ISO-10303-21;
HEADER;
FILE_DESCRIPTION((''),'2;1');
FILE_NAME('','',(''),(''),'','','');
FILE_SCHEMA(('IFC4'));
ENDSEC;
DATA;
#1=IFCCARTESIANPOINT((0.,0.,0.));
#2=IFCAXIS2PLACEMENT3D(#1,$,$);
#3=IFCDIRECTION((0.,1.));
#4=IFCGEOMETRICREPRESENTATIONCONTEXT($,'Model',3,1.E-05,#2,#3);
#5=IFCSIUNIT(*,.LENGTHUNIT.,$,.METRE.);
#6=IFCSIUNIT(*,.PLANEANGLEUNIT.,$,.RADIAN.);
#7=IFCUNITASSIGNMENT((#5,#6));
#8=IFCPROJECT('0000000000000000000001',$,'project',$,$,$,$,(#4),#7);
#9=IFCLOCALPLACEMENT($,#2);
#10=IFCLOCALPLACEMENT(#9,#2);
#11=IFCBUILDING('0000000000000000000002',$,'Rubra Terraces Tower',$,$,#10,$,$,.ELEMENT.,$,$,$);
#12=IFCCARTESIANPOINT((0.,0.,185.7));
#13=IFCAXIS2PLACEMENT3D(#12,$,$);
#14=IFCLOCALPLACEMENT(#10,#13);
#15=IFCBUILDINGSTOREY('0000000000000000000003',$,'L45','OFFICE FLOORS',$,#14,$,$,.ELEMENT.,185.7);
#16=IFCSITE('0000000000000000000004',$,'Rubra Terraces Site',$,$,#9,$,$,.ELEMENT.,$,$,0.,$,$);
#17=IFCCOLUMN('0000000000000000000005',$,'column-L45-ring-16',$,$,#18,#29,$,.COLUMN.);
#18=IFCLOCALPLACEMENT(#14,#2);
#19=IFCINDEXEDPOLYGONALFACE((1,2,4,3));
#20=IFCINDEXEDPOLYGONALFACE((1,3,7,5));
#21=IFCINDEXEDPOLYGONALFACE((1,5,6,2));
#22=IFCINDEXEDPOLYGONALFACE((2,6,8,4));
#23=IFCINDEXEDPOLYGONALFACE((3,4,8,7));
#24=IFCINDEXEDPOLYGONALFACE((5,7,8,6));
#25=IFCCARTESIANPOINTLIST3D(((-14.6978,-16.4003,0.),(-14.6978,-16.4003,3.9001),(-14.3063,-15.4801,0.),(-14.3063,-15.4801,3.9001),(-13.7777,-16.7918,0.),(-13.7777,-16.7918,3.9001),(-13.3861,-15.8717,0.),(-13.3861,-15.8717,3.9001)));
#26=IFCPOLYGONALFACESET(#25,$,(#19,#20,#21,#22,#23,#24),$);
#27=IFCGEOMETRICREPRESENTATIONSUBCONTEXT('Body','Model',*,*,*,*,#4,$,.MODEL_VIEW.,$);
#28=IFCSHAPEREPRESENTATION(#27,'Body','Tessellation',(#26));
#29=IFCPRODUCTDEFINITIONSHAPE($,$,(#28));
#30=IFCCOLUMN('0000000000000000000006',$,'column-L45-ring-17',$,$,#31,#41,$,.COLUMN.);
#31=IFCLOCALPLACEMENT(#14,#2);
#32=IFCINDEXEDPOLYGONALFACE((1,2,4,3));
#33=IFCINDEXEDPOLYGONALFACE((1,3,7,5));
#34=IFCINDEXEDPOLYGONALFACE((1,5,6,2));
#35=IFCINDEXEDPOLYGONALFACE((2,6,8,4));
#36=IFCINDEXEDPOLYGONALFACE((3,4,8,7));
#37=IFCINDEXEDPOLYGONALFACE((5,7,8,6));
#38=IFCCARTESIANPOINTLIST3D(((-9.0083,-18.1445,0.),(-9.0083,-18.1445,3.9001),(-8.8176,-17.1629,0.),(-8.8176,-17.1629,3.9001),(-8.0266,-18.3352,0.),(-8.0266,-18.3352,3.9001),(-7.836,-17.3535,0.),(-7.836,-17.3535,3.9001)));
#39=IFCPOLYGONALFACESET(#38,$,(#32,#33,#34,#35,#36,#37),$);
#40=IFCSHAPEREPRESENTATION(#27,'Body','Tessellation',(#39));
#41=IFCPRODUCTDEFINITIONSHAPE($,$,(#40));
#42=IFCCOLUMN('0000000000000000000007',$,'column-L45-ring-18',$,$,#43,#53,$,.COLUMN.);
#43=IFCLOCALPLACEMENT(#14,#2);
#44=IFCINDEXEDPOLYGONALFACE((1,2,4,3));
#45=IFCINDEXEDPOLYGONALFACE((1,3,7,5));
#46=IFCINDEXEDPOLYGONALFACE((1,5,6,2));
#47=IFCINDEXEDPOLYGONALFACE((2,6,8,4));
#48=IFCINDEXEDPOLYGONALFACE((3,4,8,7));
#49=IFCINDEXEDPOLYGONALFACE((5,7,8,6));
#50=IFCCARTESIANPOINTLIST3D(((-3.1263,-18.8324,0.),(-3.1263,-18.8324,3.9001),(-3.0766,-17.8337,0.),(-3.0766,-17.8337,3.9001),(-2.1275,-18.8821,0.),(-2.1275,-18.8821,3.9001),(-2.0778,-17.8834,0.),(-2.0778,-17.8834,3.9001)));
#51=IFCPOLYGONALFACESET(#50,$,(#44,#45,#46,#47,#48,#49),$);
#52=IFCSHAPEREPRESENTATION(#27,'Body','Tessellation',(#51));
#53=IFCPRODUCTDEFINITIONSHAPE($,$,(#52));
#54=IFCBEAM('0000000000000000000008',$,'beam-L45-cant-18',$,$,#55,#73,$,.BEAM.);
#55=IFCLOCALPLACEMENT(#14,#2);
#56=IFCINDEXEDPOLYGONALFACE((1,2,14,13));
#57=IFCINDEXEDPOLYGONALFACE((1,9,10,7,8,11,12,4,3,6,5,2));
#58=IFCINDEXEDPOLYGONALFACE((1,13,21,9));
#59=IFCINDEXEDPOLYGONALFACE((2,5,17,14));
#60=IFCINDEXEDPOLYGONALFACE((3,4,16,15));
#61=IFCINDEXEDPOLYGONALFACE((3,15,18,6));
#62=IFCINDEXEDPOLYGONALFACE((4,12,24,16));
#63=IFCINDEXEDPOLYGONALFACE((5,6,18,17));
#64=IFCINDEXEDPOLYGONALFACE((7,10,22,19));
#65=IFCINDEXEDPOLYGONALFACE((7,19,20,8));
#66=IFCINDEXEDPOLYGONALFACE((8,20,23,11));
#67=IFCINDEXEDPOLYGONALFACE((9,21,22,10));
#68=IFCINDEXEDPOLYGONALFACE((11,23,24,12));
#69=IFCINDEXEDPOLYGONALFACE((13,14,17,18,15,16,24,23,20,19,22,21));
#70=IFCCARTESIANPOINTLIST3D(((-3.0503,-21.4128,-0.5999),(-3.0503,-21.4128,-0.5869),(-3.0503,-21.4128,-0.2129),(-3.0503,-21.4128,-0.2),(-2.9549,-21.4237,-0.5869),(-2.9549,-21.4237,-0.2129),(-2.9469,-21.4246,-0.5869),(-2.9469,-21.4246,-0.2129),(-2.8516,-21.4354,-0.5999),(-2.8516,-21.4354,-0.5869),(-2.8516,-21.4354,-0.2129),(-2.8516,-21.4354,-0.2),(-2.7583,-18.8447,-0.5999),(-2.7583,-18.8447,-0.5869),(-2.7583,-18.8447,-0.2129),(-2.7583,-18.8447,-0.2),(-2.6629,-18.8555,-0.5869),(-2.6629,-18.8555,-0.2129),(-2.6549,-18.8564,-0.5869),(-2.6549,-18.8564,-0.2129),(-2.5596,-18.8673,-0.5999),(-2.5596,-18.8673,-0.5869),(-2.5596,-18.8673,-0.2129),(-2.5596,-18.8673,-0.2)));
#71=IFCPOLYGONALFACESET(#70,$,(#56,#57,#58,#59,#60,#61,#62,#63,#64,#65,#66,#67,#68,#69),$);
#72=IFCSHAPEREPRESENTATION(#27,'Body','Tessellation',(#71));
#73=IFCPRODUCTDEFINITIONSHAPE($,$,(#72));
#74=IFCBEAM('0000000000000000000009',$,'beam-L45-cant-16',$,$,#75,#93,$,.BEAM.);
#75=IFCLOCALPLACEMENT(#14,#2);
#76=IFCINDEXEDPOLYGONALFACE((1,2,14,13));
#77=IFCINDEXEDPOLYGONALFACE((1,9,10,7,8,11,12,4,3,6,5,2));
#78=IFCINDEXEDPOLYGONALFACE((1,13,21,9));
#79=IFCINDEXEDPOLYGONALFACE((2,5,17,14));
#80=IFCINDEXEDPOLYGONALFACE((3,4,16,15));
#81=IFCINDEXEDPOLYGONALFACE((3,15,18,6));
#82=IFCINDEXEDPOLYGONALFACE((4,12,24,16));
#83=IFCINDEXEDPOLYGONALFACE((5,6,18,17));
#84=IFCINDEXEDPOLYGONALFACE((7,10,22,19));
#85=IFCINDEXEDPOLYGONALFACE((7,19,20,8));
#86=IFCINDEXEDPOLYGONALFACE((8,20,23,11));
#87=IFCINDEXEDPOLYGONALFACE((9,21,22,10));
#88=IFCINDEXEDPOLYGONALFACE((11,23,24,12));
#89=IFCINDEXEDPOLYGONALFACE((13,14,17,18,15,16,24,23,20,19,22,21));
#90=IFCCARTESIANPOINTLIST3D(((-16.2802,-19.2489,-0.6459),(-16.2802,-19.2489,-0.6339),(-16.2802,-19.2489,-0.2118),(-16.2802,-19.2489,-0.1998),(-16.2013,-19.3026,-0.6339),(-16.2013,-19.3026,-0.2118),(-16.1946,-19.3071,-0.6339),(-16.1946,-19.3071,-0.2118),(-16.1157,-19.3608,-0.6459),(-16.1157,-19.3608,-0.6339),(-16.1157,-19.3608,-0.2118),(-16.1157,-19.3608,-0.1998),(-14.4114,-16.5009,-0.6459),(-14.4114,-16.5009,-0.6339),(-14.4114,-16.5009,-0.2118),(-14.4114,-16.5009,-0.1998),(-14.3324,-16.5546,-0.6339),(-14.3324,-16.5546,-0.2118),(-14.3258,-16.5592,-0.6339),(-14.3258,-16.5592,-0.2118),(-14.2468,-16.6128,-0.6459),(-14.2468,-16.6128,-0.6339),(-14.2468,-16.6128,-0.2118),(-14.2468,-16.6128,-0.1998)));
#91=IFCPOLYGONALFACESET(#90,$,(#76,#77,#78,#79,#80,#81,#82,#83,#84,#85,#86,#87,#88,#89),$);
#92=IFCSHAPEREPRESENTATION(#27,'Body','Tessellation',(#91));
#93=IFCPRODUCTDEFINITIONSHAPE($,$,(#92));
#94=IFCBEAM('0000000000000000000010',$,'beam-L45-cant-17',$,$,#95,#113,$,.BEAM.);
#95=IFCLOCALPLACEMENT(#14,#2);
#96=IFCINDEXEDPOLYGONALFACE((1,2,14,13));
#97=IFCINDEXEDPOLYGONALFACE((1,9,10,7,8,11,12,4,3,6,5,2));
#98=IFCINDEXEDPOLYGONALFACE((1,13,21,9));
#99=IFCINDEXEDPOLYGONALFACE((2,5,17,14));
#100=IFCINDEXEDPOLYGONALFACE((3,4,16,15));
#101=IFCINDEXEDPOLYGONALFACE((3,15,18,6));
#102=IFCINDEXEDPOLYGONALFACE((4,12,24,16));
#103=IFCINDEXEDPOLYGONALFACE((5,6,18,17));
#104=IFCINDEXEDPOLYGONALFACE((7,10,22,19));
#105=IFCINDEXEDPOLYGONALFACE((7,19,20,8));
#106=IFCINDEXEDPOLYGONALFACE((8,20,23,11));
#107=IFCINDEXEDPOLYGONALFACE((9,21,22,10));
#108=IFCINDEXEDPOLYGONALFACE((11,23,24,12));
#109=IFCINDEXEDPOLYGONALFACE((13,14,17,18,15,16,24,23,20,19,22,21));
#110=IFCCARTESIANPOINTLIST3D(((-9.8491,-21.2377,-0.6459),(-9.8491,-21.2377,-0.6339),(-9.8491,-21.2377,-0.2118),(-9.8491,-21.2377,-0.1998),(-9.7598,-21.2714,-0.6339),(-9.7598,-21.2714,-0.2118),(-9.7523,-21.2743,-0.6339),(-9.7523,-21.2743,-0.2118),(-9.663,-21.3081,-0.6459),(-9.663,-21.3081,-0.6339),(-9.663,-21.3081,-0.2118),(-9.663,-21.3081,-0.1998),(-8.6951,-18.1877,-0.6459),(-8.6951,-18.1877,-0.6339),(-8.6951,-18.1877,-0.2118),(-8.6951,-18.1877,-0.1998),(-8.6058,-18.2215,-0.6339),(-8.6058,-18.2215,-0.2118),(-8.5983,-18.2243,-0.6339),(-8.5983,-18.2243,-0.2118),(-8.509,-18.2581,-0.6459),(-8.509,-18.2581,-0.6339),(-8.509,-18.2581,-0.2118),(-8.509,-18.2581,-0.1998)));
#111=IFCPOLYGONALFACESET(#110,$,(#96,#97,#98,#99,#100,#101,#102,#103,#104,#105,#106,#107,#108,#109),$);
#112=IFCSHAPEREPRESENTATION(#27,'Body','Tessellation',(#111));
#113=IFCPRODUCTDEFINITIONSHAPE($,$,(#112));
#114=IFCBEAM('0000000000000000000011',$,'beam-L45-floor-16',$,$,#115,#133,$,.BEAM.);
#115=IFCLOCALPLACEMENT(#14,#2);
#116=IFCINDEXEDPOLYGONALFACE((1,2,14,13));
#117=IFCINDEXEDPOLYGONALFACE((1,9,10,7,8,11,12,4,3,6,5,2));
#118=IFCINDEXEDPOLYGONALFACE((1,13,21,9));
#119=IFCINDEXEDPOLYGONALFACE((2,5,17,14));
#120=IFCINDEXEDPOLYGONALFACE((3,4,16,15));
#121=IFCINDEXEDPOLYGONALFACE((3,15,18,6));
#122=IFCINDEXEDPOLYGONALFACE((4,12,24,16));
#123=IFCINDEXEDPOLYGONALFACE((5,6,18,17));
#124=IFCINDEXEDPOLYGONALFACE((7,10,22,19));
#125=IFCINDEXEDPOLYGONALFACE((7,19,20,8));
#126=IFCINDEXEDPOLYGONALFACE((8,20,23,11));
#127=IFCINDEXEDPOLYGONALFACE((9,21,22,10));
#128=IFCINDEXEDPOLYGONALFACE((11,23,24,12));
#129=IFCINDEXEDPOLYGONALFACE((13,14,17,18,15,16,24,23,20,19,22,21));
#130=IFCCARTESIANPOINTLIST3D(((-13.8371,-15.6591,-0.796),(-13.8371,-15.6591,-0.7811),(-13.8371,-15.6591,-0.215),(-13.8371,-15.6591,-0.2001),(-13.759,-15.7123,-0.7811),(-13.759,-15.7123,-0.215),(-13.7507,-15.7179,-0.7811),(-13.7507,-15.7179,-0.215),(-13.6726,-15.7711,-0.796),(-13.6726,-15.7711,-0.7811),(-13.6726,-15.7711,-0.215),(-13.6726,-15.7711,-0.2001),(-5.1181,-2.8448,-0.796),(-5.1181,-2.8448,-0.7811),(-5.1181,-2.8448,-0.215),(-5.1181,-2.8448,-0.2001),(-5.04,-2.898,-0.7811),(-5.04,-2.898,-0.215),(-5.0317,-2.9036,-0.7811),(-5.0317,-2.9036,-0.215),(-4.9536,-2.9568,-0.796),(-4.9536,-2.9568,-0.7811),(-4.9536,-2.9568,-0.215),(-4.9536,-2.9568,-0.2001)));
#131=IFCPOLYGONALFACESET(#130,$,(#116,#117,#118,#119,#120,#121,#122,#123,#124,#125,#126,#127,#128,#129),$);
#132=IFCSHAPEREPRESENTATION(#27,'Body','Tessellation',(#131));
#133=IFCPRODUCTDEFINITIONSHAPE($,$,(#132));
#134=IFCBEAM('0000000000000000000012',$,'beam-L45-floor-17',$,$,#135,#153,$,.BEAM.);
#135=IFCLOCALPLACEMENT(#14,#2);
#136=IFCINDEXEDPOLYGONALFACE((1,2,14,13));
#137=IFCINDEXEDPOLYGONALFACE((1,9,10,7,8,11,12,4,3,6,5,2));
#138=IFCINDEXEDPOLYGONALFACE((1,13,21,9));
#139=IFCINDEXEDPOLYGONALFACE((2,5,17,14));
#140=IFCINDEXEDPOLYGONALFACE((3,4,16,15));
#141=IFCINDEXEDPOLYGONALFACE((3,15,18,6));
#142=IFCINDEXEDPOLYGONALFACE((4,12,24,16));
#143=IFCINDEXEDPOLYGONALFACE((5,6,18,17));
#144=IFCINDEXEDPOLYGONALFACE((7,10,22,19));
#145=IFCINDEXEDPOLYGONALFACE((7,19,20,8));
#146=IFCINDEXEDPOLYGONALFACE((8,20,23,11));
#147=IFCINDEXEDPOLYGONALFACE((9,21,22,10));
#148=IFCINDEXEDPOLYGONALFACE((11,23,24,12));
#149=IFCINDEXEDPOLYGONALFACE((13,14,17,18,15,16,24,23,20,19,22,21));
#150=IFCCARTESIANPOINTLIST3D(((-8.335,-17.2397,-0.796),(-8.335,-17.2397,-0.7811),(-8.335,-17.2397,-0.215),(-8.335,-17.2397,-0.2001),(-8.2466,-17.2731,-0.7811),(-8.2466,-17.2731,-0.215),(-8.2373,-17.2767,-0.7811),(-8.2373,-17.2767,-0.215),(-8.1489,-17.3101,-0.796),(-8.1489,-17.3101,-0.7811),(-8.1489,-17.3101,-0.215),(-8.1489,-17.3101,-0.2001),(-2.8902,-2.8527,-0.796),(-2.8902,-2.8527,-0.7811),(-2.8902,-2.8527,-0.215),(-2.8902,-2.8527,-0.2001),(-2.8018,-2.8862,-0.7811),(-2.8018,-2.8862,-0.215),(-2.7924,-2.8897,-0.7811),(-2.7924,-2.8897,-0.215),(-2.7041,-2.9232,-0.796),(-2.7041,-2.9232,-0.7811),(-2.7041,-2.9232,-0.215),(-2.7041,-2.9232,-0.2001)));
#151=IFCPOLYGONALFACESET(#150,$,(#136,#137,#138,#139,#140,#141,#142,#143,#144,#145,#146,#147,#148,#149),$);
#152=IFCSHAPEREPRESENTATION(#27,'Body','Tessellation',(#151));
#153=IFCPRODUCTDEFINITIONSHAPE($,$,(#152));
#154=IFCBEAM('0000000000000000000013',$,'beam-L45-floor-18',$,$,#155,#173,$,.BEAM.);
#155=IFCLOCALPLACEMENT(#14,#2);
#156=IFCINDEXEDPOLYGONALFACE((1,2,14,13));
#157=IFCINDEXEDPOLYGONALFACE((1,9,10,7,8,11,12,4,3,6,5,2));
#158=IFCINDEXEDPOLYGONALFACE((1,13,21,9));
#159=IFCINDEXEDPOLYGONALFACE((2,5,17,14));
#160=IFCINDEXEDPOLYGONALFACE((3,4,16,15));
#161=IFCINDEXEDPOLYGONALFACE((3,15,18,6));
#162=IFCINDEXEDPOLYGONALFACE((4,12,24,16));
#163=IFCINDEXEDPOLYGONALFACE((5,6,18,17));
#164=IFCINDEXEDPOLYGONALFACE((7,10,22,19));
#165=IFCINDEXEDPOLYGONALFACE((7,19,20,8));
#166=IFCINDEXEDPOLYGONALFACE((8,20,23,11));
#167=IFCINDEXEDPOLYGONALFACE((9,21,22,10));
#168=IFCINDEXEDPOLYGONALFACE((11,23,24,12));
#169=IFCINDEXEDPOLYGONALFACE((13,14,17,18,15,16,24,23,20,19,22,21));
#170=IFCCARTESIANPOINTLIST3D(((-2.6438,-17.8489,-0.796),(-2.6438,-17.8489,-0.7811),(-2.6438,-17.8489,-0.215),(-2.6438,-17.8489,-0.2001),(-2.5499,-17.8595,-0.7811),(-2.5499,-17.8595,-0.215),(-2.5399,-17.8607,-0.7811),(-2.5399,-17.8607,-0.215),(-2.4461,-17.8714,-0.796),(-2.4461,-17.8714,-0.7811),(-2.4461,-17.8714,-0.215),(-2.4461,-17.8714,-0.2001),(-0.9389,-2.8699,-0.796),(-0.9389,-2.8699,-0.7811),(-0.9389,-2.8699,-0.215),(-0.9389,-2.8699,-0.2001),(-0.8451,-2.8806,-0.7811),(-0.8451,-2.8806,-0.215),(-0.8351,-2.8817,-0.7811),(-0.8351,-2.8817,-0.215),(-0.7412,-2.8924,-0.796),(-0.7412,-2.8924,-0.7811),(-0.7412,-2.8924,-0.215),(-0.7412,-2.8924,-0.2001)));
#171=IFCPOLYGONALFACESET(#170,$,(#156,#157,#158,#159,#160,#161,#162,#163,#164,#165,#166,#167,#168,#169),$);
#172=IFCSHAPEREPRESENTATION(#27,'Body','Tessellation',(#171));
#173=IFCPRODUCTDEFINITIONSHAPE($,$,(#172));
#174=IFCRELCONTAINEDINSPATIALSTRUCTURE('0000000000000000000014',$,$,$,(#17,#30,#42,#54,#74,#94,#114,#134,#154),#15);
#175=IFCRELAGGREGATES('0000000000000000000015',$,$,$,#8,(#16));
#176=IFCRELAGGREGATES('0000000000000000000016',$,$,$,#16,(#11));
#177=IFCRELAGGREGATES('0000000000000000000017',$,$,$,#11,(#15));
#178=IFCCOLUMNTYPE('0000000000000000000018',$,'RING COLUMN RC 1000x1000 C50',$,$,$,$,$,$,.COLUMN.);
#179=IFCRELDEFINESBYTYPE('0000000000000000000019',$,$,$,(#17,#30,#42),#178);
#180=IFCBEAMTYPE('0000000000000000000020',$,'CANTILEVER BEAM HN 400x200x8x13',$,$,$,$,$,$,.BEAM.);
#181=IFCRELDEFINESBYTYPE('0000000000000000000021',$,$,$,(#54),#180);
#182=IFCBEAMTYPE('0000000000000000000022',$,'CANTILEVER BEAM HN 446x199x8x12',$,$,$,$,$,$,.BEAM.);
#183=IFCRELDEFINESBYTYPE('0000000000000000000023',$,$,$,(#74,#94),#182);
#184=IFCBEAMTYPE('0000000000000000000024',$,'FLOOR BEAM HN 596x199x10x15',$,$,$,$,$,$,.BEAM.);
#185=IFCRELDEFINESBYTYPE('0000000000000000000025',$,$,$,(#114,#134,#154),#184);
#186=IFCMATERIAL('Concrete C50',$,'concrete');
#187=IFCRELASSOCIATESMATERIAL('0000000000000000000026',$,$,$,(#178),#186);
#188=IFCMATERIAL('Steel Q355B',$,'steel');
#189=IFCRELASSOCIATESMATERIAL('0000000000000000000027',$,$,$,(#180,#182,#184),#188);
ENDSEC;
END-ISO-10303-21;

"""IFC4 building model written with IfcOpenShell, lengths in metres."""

from ifc_helpers import new_model, si_unit, direction, frame, origin, origin_2d, place, context, subcontext, project, spatial, rectangle, i_section, extrude, material, material_profile, profile_set, type_object, element, save


model = new_model("IFC4")

# Units and contexts
model_context = context("Model", 3, precision=1e-05, world=origin(), true_north=direction((0.0, 1.0)))
body_context = subcontext(model_context, "Body", "Model", "MODEL_VIEW")
ifc_project = project(units=[si_unit("LENGTHUNIT", "METRE"), si_unit("PLANEANGLEUNIT", "RADIAN")], contexts=[model_context])

# Site, building, storey
site_placement = place(None, origin())
site = spatial("IfcSite", under=ifc_project, at=site_placement, Name="Rubra Terraces Site", CompositionType="ELEMENT", RefElevation=0.0)
building_placement = place(site_placement, origin())
building = spatial("IfcBuilding", under=site, at=building_placement, Name="Rubra Terraces Tower", CompositionType="ELEMENT")
storey_placement = place(building_placement, frame((0.0, 0.0, 185.7)))
storey = spatial("IfcBuildingStorey", under=building, at=storey_placement, Name="L45", Description="OFFICE FLOORS", CompositionType="ELEMENT", Elevation=185.7)

# Columns
ifc_material_1 = material(Name="Concrete C50", Category="concrete")
ifc_material_profile_1 = material_profile(ifc_material_1, rectangle(XDim=1.0, YDim=1.0, at=origin_2d()), Name="RC 1000x1000")
ifc_profile_set_1 = profile_set([ifc_material_profile_1], Name="Concrete C50")
column_type = type_object("IfcColumnType", Name="RING COLUMN RC 1000x1000 C50", PredefinedType="COLUMN", material=ifc_profile_set_1)
for number, where, z_axis, x_axis, name in (
    (1, (-14.042, -16.136, 0.0), (0.0, 0.0, 1.0), (0.920168, -0.391524, 0.0), "column-L45-ring-16"),
    (2, (-8.4221, -17.749, 0.0), (0.0, 0.0, 1.0), (0.981655, -0.190668, 0.0), "column-L45-ring-17"),
    (3, (-2.6021, -18.3579, 0.0), (0.0, 0.0, 1.0), (0.998764, -0.049699, 0.0), "column-L45-ring-18"),
):
    element("IfcColumn", number, at=place(storey_placement, frame(where, z_axis=z_axis, x_axis=x_axis)), inside=storey, type_object=column_type, Name=name, PredefinedType="COLUMN", context=body_context, shape_type="SweptSolid", body=[
        extrude(rectangle(XDim=1.0, YDim=1.0, at=origin_2d()), origin(), (0.0, 0.0, 1.0), 3.9001),
    ])

# Beams
ifc_material_2 = material(Name="Steel Q355B", Category="steel")
ifc_material_profile_2 = material_profile(ifc_material_2, i_section(OverallWidth=0.2, OverallDepth=0.3999, WebThickness=0.0081, FlangeThickness=0.0129, at=origin_2d()), Name="HN 400x200x8x13")
ifc_profile_set_2 = profile_set([ifc_material_profile_2], Name="Steel Q355B")
beam_type_1 = type_object("IfcBeamType", Name="CANTILEVER BEAM HN 400x200x8x13", PredefinedType="BEAM", material=ifc_profile_set_2)
beam_1_placement = place(storey_placement, frame((-2.6589, -18.856, -0.3999), z_axis=(-0.112971, -0.993598, 0.0), x_axis=(0.993598, -0.112971, 0.0)))
element("IfcBeam", 4, at=beam_1_placement, inside=storey, type_object=beam_type_1, Name="beam-L45-cant-18", PredefinedType="BEAM", context=body_context, shape_type="SweptSolid", body=[
    extrude(i_section(OverallWidth=0.2, OverallDepth=0.3999, WebThickness=0.0081, FlangeThickness=0.0129, at=origin_2d()), origin(), (0.0, 0.0, 1.0), 2.5847),
])
ifc_material_profile_3 = material_profile(ifc_material_2, i_section(OverallWidth=0.199, OverallDepth=0.446, WebThickness=0.0081, FlangeThickness=0.012, at=origin_2d()), Name="HN 446x199x8x12")
ifc_profile_set_3 = profile_set([ifc_material_profile_3], Name="Steel Q355B")
beam_type_2 = type_object("IfcBeamType", Name="CANTILEVER BEAM HN 446x199x8x12", PredefinedType="BEAM", material=ifc_profile_set_3)
beam_2_placement = place(storey_placement, frame((-14.3291, -16.5569, -0.4229), z_axis=(-0.562356, -0.826895, 0.0), x_axis=(0.826895, -0.562356, 0.0)))
element("IfcBeam", 5, at=beam_2_placement, inside=storey, type_object=beam_type_2, Name="beam-L45-cant-16", PredefinedType="BEAM", context=body_context, shape_type="SweptSolid", body=[
    extrude(i_section(OverallWidth=0.199, OverallDepth=0.446, WebThickness=0.0081, FlangeThickness=0.012, at=origin_2d()), origin(), (0.0, 0.0, 1.0), 3.3232),
])
beam_3_placement = place(storey_placement, frame((-8.6021, -18.2229, -0.4229), z_axis=(-0.353887, -0.935288, 0.0), x_axis=(0.935288, -0.353887, 0.0)))
element("IfcBeam", 6, at=beam_3_placement, inside=storey, type_object=beam_type_2, Name="beam-L45-cant-17", PredefinedType="BEAM", context=body_context, shape_type="SweptSolid", body=[
    extrude(i_section(OverallWidth=0.199, OverallDepth=0.446, WebThickness=0.0081, FlangeThickness=0.012, at=origin_2d()), origin(), (0.0, 0.0, 1.0), 3.261),
])
ifc_material_profile_4 = material_profile(ifc_material_2, i_section(OverallWidth=0.199, OverallDepth=0.5959, WebThickness=0.01, FlangeThickness=0.0149, at=origin_2d()), Name="HN 596x199x10x15")
ifc_profile_set_4 = profile_set([ifc_material_profile_4], Name="Steel Q355B")
beam_type_3 = type_object("IfcBeamType", Name="FLOOR BEAM HN 596x199x10x15", PredefinedType="BEAM", material=ifc_profile_set_4)
beam_4_placement = place(storey_placement, frame((-13.7549, -15.7151, -0.498), z_axis=(0.562545, 0.826767, 0.0), x_axis=(-0.826767, 0.562545, 0.0)))
element("IfcBeam", 7, at=beam_4_placement, inside=storey, type_object=beam_type_3, Name="beam-L45-floor-16", PredefinedType="BEAM", context=body_context, shape_type="SweptSolid", body=[
    extrude(i_section(OverallWidth=0.199, OverallDepth=0.5959, WebThickness=0.01, FlangeThickness=0.0149, at=origin_2d()), origin(), (0.0, 0.0, 1.0), 15.4993),
])
beam_5_placement = place(storey_placement, frame((-8.2419, -17.2749, -0.498), z_axis=(0.353955, 0.935262, 0.0), x_axis=(-0.935262, 0.353955, 0.0)))
element("IfcBeam", 8, at=beam_5_placement, inside=storey, type_object=beam_type_3, Name="beam-L45-floor-17", PredefinedType="BEAM", context=body_context, shape_type="SweptSolid", body=[
    extrude(i_section(OverallWidth=0.199, OverallDepth=0.5959, WebThickness=0.01, FlangeThickness=0.0149, at=origin_2d()), origin(), (0.0, 0.0, 1.0), 15.3828),
])
beam_6_placement = place(storey_placement, frame((-2.5449, -17.8601, -0.498), z_axis=(0.113085, 0.993585, 0.0), x_axis=(-0.993585, 0.113085, 0.0)))
element("IfcBeam", 9, at=beam_6_placement, inside=storey, type_object=beam_type_3, Name="beam-L45-floor-18", PredefinedType="BEAM", context=body_context, shape_type="SweptSolid", body=[
    extrude(i_section(OverallWidth=0.199, OverallDepth=0.5959, WebThickness=0.01, FlangeThickness=0.0149, at=origin_2d()), origin(), (0.0, 0.0, 1.0), 15.0757),
])

save(model, "model.ifc")
